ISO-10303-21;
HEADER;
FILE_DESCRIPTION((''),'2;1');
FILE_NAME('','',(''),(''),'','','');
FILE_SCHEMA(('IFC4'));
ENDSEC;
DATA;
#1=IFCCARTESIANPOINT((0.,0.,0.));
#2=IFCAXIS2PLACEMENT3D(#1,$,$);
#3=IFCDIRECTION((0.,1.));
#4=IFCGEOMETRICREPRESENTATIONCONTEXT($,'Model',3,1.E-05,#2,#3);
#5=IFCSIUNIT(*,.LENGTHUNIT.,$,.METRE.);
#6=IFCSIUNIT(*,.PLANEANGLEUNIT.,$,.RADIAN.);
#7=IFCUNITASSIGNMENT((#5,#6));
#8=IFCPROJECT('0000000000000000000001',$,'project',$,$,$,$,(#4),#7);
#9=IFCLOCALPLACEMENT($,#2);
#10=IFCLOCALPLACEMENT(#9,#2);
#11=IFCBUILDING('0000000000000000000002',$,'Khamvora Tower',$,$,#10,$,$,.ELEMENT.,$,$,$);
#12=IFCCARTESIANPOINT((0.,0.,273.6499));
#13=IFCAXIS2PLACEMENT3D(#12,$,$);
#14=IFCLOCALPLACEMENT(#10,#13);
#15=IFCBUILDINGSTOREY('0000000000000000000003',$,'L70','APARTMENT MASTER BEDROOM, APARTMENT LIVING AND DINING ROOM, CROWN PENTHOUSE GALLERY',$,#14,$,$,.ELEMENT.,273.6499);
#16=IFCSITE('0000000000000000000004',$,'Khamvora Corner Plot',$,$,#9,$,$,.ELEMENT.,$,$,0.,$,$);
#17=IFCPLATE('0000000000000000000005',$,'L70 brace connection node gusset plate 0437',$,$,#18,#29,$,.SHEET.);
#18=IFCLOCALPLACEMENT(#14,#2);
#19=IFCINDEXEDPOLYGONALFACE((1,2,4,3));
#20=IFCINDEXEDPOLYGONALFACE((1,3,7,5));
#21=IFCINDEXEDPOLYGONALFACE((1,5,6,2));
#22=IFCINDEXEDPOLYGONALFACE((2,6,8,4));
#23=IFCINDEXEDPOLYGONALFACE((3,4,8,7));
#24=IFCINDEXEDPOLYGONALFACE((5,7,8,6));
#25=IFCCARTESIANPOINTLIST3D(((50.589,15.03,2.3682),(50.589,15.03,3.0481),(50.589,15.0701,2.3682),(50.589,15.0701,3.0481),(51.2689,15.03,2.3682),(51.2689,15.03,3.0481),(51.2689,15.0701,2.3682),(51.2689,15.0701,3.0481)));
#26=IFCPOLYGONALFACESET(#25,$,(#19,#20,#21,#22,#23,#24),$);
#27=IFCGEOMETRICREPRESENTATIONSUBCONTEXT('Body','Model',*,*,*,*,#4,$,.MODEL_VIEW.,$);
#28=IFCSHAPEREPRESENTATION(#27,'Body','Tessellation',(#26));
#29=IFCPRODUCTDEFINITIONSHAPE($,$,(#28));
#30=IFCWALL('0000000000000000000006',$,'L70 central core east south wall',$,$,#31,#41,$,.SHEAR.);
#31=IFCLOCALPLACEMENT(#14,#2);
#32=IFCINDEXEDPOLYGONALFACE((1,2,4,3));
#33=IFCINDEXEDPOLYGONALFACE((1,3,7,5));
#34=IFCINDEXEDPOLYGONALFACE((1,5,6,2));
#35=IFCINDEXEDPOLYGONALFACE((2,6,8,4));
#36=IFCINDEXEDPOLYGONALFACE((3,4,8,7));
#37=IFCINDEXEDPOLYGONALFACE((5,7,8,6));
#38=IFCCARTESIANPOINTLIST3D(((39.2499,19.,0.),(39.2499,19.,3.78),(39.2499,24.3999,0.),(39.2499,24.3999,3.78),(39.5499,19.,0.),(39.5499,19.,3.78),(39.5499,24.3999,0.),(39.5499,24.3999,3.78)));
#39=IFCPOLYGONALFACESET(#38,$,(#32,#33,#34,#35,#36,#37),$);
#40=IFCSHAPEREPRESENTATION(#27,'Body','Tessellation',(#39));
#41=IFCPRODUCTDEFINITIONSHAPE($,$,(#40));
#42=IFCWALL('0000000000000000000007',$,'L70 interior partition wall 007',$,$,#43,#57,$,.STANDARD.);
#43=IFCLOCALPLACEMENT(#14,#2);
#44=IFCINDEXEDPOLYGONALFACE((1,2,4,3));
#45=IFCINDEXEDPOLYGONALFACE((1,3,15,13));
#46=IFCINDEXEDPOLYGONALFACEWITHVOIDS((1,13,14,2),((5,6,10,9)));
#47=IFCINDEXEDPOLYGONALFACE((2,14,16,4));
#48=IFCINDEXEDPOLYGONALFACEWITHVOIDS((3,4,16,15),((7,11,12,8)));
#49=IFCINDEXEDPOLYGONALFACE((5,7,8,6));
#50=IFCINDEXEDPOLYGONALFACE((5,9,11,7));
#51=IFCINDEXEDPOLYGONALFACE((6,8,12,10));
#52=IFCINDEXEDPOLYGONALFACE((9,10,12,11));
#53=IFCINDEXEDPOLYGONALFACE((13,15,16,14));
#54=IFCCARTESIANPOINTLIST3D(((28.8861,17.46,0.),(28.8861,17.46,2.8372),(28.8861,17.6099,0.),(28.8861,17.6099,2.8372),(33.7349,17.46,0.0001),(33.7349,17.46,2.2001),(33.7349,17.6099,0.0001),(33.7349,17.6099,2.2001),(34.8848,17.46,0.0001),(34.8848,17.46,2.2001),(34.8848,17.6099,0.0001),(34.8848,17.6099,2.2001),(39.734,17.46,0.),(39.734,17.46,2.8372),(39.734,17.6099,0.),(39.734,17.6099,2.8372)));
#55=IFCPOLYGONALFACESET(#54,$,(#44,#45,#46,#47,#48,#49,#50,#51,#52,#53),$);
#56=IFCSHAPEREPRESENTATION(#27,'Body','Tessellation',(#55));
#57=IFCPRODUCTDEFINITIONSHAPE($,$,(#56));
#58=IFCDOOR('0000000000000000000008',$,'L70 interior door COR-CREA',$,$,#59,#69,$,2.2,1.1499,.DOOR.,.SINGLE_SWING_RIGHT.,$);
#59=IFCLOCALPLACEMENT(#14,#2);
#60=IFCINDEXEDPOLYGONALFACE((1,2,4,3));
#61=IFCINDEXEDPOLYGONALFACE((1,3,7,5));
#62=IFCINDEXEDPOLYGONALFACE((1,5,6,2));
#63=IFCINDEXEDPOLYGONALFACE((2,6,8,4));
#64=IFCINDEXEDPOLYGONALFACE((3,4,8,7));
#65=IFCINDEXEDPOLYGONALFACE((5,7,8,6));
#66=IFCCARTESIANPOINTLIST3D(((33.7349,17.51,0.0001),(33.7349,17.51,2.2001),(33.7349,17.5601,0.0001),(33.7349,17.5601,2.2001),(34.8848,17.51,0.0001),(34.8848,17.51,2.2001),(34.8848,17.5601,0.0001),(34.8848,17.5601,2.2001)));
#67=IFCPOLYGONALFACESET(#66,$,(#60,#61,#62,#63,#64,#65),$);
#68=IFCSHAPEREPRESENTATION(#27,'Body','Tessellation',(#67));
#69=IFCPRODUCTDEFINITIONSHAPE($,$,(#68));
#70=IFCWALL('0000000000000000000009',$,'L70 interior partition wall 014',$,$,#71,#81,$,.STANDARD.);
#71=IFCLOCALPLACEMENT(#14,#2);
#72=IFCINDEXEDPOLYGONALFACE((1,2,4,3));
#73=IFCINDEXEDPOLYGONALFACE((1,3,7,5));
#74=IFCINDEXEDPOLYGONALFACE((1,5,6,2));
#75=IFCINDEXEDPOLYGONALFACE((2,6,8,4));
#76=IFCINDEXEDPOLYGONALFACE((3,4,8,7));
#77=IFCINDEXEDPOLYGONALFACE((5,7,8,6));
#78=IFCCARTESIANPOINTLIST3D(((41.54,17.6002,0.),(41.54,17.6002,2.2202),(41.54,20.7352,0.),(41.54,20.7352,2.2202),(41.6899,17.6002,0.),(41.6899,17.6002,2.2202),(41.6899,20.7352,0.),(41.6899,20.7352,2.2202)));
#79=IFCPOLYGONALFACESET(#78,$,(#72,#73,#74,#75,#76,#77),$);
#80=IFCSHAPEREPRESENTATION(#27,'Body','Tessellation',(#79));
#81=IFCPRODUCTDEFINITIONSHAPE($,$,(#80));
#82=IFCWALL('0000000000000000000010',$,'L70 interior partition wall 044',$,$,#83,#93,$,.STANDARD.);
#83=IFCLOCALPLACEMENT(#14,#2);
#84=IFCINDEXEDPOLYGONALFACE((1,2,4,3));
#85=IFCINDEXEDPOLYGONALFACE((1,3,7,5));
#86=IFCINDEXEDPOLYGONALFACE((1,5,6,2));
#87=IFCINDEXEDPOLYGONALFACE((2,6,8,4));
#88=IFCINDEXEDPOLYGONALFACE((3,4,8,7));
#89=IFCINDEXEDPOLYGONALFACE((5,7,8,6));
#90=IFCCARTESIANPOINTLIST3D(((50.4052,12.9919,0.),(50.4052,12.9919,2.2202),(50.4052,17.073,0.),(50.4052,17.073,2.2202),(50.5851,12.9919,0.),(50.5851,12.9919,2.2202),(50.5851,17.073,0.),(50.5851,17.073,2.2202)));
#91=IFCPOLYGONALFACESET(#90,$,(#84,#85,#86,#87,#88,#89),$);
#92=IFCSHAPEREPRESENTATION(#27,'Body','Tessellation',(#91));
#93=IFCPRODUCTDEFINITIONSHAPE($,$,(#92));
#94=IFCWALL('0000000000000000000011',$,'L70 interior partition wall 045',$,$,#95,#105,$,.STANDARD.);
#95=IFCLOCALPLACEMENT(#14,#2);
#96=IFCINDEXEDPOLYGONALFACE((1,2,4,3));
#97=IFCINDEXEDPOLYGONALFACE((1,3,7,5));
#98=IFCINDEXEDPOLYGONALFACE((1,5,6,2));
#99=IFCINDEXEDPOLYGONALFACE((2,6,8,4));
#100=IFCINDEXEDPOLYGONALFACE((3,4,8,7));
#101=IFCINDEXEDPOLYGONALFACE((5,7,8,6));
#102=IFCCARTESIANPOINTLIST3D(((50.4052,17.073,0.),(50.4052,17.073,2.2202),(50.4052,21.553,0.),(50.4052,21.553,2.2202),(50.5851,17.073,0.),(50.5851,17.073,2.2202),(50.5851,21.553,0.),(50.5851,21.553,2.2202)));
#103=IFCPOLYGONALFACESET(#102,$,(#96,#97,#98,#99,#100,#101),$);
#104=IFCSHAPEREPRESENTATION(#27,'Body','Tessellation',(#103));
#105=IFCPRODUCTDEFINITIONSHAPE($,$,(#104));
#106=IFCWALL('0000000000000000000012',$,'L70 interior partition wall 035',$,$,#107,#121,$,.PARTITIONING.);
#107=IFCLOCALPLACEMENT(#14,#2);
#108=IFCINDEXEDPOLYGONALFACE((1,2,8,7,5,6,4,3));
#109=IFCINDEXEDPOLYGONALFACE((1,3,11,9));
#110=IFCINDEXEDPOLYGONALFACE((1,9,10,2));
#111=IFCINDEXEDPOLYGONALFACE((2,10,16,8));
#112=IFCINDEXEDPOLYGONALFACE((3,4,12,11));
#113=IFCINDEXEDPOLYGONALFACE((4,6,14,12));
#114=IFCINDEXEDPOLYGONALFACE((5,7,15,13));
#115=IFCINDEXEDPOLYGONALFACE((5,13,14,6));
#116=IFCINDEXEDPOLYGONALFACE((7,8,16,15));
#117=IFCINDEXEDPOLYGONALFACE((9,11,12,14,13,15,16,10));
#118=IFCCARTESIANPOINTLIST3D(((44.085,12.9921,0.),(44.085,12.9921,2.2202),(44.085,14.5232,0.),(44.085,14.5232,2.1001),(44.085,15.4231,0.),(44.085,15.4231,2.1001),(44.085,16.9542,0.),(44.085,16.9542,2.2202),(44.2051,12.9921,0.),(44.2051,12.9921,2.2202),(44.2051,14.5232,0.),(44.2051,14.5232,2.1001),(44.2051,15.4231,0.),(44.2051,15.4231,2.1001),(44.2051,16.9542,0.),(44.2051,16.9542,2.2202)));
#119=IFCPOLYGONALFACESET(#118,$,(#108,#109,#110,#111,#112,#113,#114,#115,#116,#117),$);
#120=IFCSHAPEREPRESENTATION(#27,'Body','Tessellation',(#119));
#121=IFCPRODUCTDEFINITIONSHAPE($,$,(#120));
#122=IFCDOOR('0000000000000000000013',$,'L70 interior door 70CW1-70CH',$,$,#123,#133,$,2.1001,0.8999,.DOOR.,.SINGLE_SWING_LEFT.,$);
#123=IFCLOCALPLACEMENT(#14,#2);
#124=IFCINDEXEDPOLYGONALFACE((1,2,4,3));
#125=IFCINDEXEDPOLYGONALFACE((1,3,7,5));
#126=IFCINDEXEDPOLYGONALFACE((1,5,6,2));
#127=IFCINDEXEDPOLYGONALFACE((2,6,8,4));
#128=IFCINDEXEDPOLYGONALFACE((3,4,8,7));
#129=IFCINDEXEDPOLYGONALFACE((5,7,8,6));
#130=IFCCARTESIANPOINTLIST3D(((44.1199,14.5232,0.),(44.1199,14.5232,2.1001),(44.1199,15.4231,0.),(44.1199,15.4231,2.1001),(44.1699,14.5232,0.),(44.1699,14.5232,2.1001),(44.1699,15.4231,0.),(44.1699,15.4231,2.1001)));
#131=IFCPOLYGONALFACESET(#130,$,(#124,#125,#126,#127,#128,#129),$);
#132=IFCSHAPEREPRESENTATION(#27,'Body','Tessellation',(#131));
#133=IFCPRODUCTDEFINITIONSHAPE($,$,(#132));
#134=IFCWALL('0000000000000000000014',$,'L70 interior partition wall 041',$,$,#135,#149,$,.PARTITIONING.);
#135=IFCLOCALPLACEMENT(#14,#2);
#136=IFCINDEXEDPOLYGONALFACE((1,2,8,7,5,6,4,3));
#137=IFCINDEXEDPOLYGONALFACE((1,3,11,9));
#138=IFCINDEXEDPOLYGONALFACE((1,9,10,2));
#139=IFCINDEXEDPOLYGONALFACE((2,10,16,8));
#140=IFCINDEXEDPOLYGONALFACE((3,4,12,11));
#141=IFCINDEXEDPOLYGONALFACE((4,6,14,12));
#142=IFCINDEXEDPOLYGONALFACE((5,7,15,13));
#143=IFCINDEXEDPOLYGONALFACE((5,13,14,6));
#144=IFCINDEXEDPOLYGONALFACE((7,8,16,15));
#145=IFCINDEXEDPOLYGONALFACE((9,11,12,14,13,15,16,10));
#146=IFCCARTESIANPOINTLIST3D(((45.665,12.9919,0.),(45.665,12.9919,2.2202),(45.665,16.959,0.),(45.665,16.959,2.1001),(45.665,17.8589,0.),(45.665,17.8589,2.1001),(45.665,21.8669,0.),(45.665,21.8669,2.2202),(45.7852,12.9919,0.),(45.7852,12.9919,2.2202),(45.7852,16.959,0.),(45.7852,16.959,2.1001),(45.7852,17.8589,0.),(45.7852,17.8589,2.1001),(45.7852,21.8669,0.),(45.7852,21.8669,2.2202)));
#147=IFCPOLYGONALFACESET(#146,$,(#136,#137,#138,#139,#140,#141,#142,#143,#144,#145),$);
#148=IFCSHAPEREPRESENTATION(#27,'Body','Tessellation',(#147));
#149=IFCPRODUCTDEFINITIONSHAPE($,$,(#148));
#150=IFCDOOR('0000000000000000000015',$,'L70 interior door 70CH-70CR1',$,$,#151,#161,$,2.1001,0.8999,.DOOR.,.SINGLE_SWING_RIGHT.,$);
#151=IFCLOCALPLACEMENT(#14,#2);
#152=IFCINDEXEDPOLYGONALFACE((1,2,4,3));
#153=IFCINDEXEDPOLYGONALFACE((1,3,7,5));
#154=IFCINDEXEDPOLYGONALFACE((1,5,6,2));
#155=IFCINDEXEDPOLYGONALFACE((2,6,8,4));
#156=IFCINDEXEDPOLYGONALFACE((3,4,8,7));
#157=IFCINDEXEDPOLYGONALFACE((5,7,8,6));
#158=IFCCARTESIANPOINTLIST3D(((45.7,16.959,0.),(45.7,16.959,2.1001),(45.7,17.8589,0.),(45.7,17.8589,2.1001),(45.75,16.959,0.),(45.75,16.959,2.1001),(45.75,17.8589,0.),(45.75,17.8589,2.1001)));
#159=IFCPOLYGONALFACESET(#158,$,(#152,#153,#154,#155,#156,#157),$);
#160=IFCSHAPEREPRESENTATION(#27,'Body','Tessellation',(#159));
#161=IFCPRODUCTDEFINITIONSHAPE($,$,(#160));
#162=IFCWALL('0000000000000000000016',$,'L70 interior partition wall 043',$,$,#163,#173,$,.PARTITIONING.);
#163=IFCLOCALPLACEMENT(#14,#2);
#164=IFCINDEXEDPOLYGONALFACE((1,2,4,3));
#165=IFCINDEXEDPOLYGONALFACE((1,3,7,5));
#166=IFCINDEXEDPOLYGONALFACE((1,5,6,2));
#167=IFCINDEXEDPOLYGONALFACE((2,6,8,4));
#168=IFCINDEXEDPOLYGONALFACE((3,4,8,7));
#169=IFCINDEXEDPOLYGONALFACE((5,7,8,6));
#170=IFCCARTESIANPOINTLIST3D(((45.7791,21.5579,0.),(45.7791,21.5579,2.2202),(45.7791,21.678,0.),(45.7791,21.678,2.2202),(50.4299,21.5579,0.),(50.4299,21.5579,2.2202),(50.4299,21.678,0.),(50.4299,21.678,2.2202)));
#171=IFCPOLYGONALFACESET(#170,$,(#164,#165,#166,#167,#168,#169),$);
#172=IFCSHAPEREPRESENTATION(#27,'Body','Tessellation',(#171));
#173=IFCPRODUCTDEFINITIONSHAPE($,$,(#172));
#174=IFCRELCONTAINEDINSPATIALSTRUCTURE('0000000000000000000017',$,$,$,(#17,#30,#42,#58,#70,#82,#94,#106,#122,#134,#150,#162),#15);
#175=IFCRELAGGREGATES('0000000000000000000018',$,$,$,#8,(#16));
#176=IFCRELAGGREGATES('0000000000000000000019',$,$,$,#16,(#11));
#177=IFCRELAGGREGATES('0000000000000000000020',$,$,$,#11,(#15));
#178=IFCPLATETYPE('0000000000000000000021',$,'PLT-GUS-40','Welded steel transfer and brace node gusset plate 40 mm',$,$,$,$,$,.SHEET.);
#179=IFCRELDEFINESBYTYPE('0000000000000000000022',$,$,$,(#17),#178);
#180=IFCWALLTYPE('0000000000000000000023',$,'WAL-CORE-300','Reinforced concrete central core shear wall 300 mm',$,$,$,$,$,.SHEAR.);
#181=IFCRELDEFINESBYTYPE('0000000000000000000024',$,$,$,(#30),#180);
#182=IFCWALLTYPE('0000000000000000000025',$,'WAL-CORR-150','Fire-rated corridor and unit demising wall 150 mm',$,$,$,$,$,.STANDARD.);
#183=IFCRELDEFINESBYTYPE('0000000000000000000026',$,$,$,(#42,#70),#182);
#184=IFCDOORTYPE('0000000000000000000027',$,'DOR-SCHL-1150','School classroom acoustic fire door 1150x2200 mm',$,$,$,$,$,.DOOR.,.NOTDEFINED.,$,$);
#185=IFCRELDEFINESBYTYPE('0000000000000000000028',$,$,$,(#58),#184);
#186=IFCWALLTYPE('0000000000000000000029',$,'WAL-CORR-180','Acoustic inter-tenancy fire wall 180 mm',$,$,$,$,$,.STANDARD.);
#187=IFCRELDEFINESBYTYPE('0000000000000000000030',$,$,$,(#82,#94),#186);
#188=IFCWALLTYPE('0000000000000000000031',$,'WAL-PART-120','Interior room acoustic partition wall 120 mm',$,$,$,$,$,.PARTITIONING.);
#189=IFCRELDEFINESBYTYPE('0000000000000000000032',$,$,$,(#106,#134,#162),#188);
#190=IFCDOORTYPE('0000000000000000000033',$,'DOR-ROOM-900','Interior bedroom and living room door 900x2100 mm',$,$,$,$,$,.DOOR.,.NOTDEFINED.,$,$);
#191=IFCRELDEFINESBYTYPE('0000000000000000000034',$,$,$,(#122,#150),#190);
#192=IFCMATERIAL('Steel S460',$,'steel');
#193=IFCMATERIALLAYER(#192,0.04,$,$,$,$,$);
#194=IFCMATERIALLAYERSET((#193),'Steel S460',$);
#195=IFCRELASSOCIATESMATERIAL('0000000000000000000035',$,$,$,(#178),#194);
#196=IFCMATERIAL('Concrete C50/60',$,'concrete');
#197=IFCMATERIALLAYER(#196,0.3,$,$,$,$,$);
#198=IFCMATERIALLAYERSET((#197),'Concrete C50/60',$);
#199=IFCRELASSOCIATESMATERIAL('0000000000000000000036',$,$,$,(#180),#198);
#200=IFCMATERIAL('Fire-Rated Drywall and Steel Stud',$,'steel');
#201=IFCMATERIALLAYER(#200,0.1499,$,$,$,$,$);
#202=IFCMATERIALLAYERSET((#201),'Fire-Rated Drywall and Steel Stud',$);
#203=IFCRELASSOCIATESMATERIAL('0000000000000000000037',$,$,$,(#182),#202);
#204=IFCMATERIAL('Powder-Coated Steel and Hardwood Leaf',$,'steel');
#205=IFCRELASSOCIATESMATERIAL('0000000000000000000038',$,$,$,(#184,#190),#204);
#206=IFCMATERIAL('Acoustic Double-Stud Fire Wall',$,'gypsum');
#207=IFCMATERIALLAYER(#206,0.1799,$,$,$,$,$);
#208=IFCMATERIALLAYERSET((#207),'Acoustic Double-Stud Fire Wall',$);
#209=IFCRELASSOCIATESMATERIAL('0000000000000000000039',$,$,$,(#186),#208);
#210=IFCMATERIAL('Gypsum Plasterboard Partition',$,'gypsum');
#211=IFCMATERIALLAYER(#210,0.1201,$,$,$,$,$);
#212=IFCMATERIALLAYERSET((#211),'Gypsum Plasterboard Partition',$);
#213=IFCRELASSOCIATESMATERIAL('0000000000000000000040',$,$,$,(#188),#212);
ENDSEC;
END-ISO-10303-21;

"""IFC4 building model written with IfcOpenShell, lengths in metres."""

from ifc_helpers import new_model, si_unit, direction, frame, frame_2d, origin, origin_2d, place, context, subcontext, project, spatial, rectangle, extrude, material, layer, layer_set, type_object, element, fill, save


model = new_model("IFC4")

# Units and contexts
model_context = context("Model", 3, precision=1e-05, world=origin(), true_north=direction((0.0, 1.0)))
body_context = subcontext(model_context, "Body", "Model", "MODEL_VIEW")
ifc_project = project(units=[si_unit("LENGTHUNIT", "METRE"), si_unit("PLANEANGLEUNIT", "RADIAN")], contexts=[model_context])

# Site, building, storey
site_placement = place(None, origin())
site = spatial("IfcSite", under=ifc_project, at=site_placement, Name="Khamvora Corner Plot", CompositionType="ELEMENT", RefElevation=0.0)
building_placement = place(site_placement, origin())
building = spatial("IfcBuilding", under=site, at=building_placement, Name="Khamvora Tower", CompositionType="ELEMENT")
storey_placement = place(building_placement, frame((0.0, 0.0, 273.6499)))
storey = spatial("IfcBuildingStorey", under=building, at=storey_placement, Name="L70", Description="APARTMENT MASTER BEDROOM, APARTMENT LIVING AND DINING ROOM, CROWN PENTHOUSE GALLERY", CompositionType="ELEMENT", Elevation=273.6499)

# Shared definitions
ifc_material_1 = material(Name="Steel S460", Category="steel")

# Plate
ifc_layer_1 = layer(ifc_material_1, 0.04)
ifc_layer_set_1 = layer_set([ifc_layer_1], Name="Steel S460")
plate_type_1 = type_object("IfcPlateType", Name="PLT-GUS-40", Description="Welded steel transfer and brace node gusset plate 40 mm", PredefinedType="SHEET", material=ifc_layer_set_1)
plate_1_placement = place(storey_placement, frame((50.929, 15.05, 2.3682), z_axis=(0.0, 0.0, 1.0), x_axis=(1.0, 0.0, 0.0)))
element("IfcPlate", 1, at=plate_1_placement, inside=storey, type_object=plate_type_1, Name="L70 brace connection node gusset plate 0437", PredefinedType="SHEET", context=body_context, shape_type="SweptSolid", body=[
    extrude(rectangle(XDim=0.6799, YDim=0.04, at=origin_2d()), origin(), (0.0, 0.0, 1.0), 0.6799),
])

# Wall
ifc_material_2 = material(Name="Concrete C50/60", Category="concrete")
ifc_layer_2 = layer(ifc_material_2, 0.3)
ifc_layer_set_2 = layer_set([ifc_layer_2], Name="Concrete C50/60")
wall_type_1 = type_object("IfcWallType", Name="WAL-CORE-300", Description="Reinforced concrete central core shear wall 300 mm", PredefinedType="SHEAR", material=ifc_layer_set_2)
wall_1_placement = place(storey_placement, frame((39.3999, 19.0, 0.0), z_axis=(0.0, 0.0, 1.0), x_axis=(0.0, 1.0, 0.0)))
element("IfcWall", 2, at=wall_1_placement, inside=storey, type_object=wall_type_1, Name="L70 central core east south wall", PredefinedType="SHEAR", context=body_context, shape_type="SweptSolid", body=[
    extrude(rectangle(XDim=5.3999, YDim=0.3, at=frame_2d((2.7, 0.0))), origin(), (0.0, 0.0, 1.0), 3.78),
])

# Wall, opening, door
ifc_material_3 = material(Name="Fire-Rated Drywall and Steel Stud", Category="steel")
ifc_layer_3 = layer(ifc_material_3, 0.1499)
ifc_layer_set_3 = layer_set([ifc_layer_3], Name="Fire-Rated Drywall and Steel Stud")
wall_type_2 = type_object("IfcWallType", Name="WAL-CORR-150", Description="Fire-rated corridor and unit demising wall 150 mm", PredefinedType="STANDARD", material=ifc_layer_set_3)
wall_2_placement = place(storey_placement, frame((39.7339, 17.5349, 0.0), z_axis=(0.0, 0.0, 1.0), x_axis=(-1.0, 0.0, 0.0)))
wall_2 = element("IfcWall", 3, at=wall_2_placement, inside=storey, type_object=wall_type_2, Name="L70 interior partition wall 007", PredefinedType="STANDARD", context=body_context, shape_type="SweptSolid", body=[
    extrude(rectangle(XDim=10.8479, YDim=0.1499, at=frame_2d((5.4238, 0.0))), origin(), (0.0, 0.0, 1.0), 2.8372),
])
opening_1_placement = place(wall_2_placement, frame((4.8491, 0.0, 0.0)))
opening_1 = element("IfcOpeningElement", 4, at=opening_1_placement, cuts=wall_2, PredefinedType="OPENING", context=body_context, shape_type="SweptSolid", body=[
    extrude(rectangle(XDim=1.1499, YDim=2.2, at=frame_2d((0.575, 1.1001))), frame((0.0, 0.085, 0.0), z_axis=(0.0, -1.0, 0.0), x_axis=(1.0, 0.0, 0.0)), (0.0, 0.0, 1.0), 0.1699),
])
ifc_material_4 = material(Name="Powder-Coated Steel and Hardwood Leaf", Category="steel")
door_type_1 = type_object("IfcDoorType", Name="DOR-SCHL-1150", Description="School classroom acoustic fire door 1150x2200 mm", OperationType="NOTDEFINED", PredefinedType="DOOR", material=ifc_material_4)
door_1_placement = place(opening_1_placement, origin())
door_1 = element("IfcDoor", 5, at=door_1_placement, inside=storey, type_object=door_type_1, Name="L70 interior door COR-CREA", OperationType="SINGLE_SWING_RIGHT", OverallHeight=2.2, OverallWidth=1.1499, PredefinedType="DOOR", context=body_context, shape_type="SweptSolid", body=[
    extrude(rectangle(XDim=1.1499, YDim=2.2, at=frame_2d((0.575, 1.1001))), frame((0.0, 0.0249, 0.0), z_axis=(0.0, -1.0, 0.0), x_axis=(1.0, 0.0, 0.0)), (0.0, 0.0, 1.0), 0.05),
])
fill(opening_1, door_1)

# Walls
wall_3_placement = place(storey_placement, frame((41.615, 20.7351, 0.0), z_axis=(0.0, 0.0, 1.0), x_axis=(0.0, -1.0, 0.0)))
element("IfcWall", 6, at=wall_3_placement, inside=storey, type_object=wall_type_2, Name="L70 interior partition wall 014", PredefinedType="STANDARD", context=body_context, shape_type="SweptSolid", body=[
    extrude(rectangle(XDim=3.135, YDim=0.1499, at=frame_2d((1.5674, 0.0))), origin(), (0.0, 0.0, 1.0), 2.2202),
])
ifc_material_5 = material(Name="Acoustic Double-Stud Fire Wall", Category="gypsum")
ifc_layer_4 = layer(ifc_material_5, 0.1799)
ifc_layer_set_4 = layer_set([ifc_layer_4], Name="Acoustic Double-Stud Fire Wall")
wall_type_3 = type_object("IfcWallType", Name="WAL-CORR-180", Description="Acoustic inter-tenancy fire wall 180 mm", PredefinedType="STANDARD", material=ifc_layer_set_4)
wall_4_placement = place(storey_placement, frame((50.4951, 17.073, 0.0), z_axis=(0.0, 0.0, 1.0), x_axis=(0.0, -1.0, 0.0)))
element("IfcWall", 7, at=wall_4_placement, inside=storey, type_object=wall_type_3, Name="L70 interior partition wall 044", PredefinedType="STANDARD", context=body_context, shape_type="SweptSolid", body=[
    extrude(rectangle(XDim=4.0811, YDim=0.1799, at=frame_2d((2.0405, 0.0))), origin(), (0.0, 0.0, 1.0), 2.2202),
])
wall_5_placement = place(storey_placement, frame((50.4951, 21.553, 0.0), z_axis=(0.0, 0.0, 1.0), x_axis=(0.0, -1.0, 0.0)))
element("IfcWall", 8, at=wall_5_placement, inside=storey, type_object=wall_type_3, Name="L70 interior partition wall 045", PredefinedType="STANDARD", context=body_context, shape_type="SweptSolid", body=[
    extrude(rectangle(XDim=4.48, YDim=0.1799, at=frame_2d((2.24, 0.0))), origin(), (0.0, 0.0, 1.0), 2.2202),
])

# Walls, openings, doors
ifc_material_6 = material(Name="Gypsum Plasterboard Partition", Category="gypsum")
ifc_layer_5 = layer(ifc_material_6, 0.1201)
ifc_layer_set_5 = layer_set([ifc_layer_5], Name="Gypsum Plasterboard Partition")
wall_type_4 = type_object("IfcWallType", Name="WAL-PART-120", Description="Interior room acoustic partition wall 120 mm", PredefinedType="PARTITIONING", material=ifc_layer_set_5)
wall_6_placement = place(storey_placement, frame((44.145, 16.9541, 0.0), z_axis=(0.0, 0.0, 1.0), x_axis=(0.0, -1.0, 0.0)))
wall_6 = element("IfcWall", 9, at=wall_6_placement, inside=storey, type_object=wall_type_4, Name="L70 interior partition wall 035", PredefinedType="PARTITIONING", context=body_context, shape_type="SweptSolid", body=[
    extrude(rectangle(XDim=3.9622, YDim=0.1201, at=frame_2d((1.981, 0.0))), origin(), (0.0, 0.0, 1.0), 2.2202),
])
opening_2_placement = place(wall_6_placement, frame((1.531, 0.0, 0.0)))
opening_2 = element("IfcOpeningElement", 10, at=opening_2_placement, cuts=wall_6, PredefinedType="OPENING", context=body_context, shape_type="SweptSolid", body=[
    extrude(rectangle(XDim=0.8999, YDim=2.1001, at=frame_2d((0.45, 1.05))), frame((0.0, 0.0701, 0.0), z_axis=(0.0, -1.0, 0.0), x_axis=(1.0, 0.0, 0.0)), (0.0, 0.0, 1.0), 0.1401),
])
door_type_2 = type_object("IfcDoorType", Name="DOR-ROOM-900", Description="Interior bedroom and living room door 900x2100 mm", OperationType="NOTDEFINED", PredefinedType="DOOR", material=ifc_material_4)
door_2_placement = place(opening_2_placement, origin())
door_2 = element("IfcDoor", 11, at=door_2_placement, inside=storey, type_object=door_type_2, Name="L70 interior door 70CW1-70CH", OperationType="SINGLE_SWING_LEFT", OverallHeight=2.1001, OverallWidth=0.8999, PredefinedType="DOOR", context=body_context, shape_type="SweptSolid", body=[
    extrude(rectangle(XDim=0.8999, YDim=2.1001, at=frame_2d((0.45, 1.05))), frame((0.0, 0.0249, 0.0), z_axis=(0.0, -1.0, 0.0), x_axis=(1.0, 0.0, 0.0)), (0.0, 0.0, 1.0), 0.05),
])
fill(opening_2, door_2)
wall_7_placement = place(storey_placement, frame((45.7251, 21.8669, 0.0), z_axis=(0.0, 0.0, 1.0), x_axis=(0.0, -1.0, 0.0)))
wall_7 = element("IfcWall", 12, at=wall_7_placement, inside=storey, type_object=wall_type_4, Name="L70 interior partition wall 041", PredefinedType="PARTITIONING", context=body_context, shape_type="SweptSolid", body=[
    extrude(rectangle(XDim=8.875, YDim=0.1201, at=frame_2d((4.4375, 0.0))), origin(), (0.0, 0.0, 1.0), 2.2202),
])
opening_3_placement = place(wall_7_placement, frame((4.0081, 0.0, 0.0)))
opening_3 = element("IfcOpeningElement", 13, at=opening_3_placement, cuts=wall_7, PredefinedType="OPENING", context=body_context, shape_type="SweptSolid", body=[
    extrude(rectangle(XDim=0.8999, YDim=2.1001, at=frame_2d((0.45, 1.05))), frame((0.0, 0.0701, 0.0), z_axis=(0.0, -1.0, 0.0), x_axis=(1.0, 0.0, 0.0)), (0.0, 0.0, 1.0), 0.1401),
])
door_3_placement = place(opening_3_placement, origin())
door_3 = element("IfcDoor", 14, at=door_3_placement, inside=storey, type_object=door_type_2, Name="L70 interior door 70CH-70CR1", OperationType="SINGLE_SWING_RIGHT", OverallHeight=2.1001, OverallWidth=0.8999, PredefinedType="DOOR", context=body_context, shape_type="SweptSolid", body=[
    extrude(rectangle(XDim=0.8999, YDim=2.1001, at=frame_2d((0.45, 1.05))), frame((0.0, 0.0249, 0.0), z_axis=(0.0, -1.0, 0.0), x_axis=(1.0, 0.0, 0.0)), (0.0, 0.0, 1.0), 0.05),
])
fill(opening_3, door_3)

# Wall
wall_8_placement = place(storey_placement, frame((45.7791, 21.6179, 0.0), z_axis=(0.0, 0.0, 1.0), x_axis=(1.0, 0.0, 0.0)))
element("IfcWall", 15, at=wall_8_placement, inside=storey, type_object=wall_type_4, Name="L70 interior partition wall 043", PredefinedType="PARTITIONING", context=body_context, shape_type="SweptSolid", body=[
    extrude(rectangle(XDim=4.6509, YDim=0.1201, at=frame_2d((2.3254, 0.0))), origin(), (0.0, 0.0, 1.0), 2.2202),
])

save(model, "model.ifc")
